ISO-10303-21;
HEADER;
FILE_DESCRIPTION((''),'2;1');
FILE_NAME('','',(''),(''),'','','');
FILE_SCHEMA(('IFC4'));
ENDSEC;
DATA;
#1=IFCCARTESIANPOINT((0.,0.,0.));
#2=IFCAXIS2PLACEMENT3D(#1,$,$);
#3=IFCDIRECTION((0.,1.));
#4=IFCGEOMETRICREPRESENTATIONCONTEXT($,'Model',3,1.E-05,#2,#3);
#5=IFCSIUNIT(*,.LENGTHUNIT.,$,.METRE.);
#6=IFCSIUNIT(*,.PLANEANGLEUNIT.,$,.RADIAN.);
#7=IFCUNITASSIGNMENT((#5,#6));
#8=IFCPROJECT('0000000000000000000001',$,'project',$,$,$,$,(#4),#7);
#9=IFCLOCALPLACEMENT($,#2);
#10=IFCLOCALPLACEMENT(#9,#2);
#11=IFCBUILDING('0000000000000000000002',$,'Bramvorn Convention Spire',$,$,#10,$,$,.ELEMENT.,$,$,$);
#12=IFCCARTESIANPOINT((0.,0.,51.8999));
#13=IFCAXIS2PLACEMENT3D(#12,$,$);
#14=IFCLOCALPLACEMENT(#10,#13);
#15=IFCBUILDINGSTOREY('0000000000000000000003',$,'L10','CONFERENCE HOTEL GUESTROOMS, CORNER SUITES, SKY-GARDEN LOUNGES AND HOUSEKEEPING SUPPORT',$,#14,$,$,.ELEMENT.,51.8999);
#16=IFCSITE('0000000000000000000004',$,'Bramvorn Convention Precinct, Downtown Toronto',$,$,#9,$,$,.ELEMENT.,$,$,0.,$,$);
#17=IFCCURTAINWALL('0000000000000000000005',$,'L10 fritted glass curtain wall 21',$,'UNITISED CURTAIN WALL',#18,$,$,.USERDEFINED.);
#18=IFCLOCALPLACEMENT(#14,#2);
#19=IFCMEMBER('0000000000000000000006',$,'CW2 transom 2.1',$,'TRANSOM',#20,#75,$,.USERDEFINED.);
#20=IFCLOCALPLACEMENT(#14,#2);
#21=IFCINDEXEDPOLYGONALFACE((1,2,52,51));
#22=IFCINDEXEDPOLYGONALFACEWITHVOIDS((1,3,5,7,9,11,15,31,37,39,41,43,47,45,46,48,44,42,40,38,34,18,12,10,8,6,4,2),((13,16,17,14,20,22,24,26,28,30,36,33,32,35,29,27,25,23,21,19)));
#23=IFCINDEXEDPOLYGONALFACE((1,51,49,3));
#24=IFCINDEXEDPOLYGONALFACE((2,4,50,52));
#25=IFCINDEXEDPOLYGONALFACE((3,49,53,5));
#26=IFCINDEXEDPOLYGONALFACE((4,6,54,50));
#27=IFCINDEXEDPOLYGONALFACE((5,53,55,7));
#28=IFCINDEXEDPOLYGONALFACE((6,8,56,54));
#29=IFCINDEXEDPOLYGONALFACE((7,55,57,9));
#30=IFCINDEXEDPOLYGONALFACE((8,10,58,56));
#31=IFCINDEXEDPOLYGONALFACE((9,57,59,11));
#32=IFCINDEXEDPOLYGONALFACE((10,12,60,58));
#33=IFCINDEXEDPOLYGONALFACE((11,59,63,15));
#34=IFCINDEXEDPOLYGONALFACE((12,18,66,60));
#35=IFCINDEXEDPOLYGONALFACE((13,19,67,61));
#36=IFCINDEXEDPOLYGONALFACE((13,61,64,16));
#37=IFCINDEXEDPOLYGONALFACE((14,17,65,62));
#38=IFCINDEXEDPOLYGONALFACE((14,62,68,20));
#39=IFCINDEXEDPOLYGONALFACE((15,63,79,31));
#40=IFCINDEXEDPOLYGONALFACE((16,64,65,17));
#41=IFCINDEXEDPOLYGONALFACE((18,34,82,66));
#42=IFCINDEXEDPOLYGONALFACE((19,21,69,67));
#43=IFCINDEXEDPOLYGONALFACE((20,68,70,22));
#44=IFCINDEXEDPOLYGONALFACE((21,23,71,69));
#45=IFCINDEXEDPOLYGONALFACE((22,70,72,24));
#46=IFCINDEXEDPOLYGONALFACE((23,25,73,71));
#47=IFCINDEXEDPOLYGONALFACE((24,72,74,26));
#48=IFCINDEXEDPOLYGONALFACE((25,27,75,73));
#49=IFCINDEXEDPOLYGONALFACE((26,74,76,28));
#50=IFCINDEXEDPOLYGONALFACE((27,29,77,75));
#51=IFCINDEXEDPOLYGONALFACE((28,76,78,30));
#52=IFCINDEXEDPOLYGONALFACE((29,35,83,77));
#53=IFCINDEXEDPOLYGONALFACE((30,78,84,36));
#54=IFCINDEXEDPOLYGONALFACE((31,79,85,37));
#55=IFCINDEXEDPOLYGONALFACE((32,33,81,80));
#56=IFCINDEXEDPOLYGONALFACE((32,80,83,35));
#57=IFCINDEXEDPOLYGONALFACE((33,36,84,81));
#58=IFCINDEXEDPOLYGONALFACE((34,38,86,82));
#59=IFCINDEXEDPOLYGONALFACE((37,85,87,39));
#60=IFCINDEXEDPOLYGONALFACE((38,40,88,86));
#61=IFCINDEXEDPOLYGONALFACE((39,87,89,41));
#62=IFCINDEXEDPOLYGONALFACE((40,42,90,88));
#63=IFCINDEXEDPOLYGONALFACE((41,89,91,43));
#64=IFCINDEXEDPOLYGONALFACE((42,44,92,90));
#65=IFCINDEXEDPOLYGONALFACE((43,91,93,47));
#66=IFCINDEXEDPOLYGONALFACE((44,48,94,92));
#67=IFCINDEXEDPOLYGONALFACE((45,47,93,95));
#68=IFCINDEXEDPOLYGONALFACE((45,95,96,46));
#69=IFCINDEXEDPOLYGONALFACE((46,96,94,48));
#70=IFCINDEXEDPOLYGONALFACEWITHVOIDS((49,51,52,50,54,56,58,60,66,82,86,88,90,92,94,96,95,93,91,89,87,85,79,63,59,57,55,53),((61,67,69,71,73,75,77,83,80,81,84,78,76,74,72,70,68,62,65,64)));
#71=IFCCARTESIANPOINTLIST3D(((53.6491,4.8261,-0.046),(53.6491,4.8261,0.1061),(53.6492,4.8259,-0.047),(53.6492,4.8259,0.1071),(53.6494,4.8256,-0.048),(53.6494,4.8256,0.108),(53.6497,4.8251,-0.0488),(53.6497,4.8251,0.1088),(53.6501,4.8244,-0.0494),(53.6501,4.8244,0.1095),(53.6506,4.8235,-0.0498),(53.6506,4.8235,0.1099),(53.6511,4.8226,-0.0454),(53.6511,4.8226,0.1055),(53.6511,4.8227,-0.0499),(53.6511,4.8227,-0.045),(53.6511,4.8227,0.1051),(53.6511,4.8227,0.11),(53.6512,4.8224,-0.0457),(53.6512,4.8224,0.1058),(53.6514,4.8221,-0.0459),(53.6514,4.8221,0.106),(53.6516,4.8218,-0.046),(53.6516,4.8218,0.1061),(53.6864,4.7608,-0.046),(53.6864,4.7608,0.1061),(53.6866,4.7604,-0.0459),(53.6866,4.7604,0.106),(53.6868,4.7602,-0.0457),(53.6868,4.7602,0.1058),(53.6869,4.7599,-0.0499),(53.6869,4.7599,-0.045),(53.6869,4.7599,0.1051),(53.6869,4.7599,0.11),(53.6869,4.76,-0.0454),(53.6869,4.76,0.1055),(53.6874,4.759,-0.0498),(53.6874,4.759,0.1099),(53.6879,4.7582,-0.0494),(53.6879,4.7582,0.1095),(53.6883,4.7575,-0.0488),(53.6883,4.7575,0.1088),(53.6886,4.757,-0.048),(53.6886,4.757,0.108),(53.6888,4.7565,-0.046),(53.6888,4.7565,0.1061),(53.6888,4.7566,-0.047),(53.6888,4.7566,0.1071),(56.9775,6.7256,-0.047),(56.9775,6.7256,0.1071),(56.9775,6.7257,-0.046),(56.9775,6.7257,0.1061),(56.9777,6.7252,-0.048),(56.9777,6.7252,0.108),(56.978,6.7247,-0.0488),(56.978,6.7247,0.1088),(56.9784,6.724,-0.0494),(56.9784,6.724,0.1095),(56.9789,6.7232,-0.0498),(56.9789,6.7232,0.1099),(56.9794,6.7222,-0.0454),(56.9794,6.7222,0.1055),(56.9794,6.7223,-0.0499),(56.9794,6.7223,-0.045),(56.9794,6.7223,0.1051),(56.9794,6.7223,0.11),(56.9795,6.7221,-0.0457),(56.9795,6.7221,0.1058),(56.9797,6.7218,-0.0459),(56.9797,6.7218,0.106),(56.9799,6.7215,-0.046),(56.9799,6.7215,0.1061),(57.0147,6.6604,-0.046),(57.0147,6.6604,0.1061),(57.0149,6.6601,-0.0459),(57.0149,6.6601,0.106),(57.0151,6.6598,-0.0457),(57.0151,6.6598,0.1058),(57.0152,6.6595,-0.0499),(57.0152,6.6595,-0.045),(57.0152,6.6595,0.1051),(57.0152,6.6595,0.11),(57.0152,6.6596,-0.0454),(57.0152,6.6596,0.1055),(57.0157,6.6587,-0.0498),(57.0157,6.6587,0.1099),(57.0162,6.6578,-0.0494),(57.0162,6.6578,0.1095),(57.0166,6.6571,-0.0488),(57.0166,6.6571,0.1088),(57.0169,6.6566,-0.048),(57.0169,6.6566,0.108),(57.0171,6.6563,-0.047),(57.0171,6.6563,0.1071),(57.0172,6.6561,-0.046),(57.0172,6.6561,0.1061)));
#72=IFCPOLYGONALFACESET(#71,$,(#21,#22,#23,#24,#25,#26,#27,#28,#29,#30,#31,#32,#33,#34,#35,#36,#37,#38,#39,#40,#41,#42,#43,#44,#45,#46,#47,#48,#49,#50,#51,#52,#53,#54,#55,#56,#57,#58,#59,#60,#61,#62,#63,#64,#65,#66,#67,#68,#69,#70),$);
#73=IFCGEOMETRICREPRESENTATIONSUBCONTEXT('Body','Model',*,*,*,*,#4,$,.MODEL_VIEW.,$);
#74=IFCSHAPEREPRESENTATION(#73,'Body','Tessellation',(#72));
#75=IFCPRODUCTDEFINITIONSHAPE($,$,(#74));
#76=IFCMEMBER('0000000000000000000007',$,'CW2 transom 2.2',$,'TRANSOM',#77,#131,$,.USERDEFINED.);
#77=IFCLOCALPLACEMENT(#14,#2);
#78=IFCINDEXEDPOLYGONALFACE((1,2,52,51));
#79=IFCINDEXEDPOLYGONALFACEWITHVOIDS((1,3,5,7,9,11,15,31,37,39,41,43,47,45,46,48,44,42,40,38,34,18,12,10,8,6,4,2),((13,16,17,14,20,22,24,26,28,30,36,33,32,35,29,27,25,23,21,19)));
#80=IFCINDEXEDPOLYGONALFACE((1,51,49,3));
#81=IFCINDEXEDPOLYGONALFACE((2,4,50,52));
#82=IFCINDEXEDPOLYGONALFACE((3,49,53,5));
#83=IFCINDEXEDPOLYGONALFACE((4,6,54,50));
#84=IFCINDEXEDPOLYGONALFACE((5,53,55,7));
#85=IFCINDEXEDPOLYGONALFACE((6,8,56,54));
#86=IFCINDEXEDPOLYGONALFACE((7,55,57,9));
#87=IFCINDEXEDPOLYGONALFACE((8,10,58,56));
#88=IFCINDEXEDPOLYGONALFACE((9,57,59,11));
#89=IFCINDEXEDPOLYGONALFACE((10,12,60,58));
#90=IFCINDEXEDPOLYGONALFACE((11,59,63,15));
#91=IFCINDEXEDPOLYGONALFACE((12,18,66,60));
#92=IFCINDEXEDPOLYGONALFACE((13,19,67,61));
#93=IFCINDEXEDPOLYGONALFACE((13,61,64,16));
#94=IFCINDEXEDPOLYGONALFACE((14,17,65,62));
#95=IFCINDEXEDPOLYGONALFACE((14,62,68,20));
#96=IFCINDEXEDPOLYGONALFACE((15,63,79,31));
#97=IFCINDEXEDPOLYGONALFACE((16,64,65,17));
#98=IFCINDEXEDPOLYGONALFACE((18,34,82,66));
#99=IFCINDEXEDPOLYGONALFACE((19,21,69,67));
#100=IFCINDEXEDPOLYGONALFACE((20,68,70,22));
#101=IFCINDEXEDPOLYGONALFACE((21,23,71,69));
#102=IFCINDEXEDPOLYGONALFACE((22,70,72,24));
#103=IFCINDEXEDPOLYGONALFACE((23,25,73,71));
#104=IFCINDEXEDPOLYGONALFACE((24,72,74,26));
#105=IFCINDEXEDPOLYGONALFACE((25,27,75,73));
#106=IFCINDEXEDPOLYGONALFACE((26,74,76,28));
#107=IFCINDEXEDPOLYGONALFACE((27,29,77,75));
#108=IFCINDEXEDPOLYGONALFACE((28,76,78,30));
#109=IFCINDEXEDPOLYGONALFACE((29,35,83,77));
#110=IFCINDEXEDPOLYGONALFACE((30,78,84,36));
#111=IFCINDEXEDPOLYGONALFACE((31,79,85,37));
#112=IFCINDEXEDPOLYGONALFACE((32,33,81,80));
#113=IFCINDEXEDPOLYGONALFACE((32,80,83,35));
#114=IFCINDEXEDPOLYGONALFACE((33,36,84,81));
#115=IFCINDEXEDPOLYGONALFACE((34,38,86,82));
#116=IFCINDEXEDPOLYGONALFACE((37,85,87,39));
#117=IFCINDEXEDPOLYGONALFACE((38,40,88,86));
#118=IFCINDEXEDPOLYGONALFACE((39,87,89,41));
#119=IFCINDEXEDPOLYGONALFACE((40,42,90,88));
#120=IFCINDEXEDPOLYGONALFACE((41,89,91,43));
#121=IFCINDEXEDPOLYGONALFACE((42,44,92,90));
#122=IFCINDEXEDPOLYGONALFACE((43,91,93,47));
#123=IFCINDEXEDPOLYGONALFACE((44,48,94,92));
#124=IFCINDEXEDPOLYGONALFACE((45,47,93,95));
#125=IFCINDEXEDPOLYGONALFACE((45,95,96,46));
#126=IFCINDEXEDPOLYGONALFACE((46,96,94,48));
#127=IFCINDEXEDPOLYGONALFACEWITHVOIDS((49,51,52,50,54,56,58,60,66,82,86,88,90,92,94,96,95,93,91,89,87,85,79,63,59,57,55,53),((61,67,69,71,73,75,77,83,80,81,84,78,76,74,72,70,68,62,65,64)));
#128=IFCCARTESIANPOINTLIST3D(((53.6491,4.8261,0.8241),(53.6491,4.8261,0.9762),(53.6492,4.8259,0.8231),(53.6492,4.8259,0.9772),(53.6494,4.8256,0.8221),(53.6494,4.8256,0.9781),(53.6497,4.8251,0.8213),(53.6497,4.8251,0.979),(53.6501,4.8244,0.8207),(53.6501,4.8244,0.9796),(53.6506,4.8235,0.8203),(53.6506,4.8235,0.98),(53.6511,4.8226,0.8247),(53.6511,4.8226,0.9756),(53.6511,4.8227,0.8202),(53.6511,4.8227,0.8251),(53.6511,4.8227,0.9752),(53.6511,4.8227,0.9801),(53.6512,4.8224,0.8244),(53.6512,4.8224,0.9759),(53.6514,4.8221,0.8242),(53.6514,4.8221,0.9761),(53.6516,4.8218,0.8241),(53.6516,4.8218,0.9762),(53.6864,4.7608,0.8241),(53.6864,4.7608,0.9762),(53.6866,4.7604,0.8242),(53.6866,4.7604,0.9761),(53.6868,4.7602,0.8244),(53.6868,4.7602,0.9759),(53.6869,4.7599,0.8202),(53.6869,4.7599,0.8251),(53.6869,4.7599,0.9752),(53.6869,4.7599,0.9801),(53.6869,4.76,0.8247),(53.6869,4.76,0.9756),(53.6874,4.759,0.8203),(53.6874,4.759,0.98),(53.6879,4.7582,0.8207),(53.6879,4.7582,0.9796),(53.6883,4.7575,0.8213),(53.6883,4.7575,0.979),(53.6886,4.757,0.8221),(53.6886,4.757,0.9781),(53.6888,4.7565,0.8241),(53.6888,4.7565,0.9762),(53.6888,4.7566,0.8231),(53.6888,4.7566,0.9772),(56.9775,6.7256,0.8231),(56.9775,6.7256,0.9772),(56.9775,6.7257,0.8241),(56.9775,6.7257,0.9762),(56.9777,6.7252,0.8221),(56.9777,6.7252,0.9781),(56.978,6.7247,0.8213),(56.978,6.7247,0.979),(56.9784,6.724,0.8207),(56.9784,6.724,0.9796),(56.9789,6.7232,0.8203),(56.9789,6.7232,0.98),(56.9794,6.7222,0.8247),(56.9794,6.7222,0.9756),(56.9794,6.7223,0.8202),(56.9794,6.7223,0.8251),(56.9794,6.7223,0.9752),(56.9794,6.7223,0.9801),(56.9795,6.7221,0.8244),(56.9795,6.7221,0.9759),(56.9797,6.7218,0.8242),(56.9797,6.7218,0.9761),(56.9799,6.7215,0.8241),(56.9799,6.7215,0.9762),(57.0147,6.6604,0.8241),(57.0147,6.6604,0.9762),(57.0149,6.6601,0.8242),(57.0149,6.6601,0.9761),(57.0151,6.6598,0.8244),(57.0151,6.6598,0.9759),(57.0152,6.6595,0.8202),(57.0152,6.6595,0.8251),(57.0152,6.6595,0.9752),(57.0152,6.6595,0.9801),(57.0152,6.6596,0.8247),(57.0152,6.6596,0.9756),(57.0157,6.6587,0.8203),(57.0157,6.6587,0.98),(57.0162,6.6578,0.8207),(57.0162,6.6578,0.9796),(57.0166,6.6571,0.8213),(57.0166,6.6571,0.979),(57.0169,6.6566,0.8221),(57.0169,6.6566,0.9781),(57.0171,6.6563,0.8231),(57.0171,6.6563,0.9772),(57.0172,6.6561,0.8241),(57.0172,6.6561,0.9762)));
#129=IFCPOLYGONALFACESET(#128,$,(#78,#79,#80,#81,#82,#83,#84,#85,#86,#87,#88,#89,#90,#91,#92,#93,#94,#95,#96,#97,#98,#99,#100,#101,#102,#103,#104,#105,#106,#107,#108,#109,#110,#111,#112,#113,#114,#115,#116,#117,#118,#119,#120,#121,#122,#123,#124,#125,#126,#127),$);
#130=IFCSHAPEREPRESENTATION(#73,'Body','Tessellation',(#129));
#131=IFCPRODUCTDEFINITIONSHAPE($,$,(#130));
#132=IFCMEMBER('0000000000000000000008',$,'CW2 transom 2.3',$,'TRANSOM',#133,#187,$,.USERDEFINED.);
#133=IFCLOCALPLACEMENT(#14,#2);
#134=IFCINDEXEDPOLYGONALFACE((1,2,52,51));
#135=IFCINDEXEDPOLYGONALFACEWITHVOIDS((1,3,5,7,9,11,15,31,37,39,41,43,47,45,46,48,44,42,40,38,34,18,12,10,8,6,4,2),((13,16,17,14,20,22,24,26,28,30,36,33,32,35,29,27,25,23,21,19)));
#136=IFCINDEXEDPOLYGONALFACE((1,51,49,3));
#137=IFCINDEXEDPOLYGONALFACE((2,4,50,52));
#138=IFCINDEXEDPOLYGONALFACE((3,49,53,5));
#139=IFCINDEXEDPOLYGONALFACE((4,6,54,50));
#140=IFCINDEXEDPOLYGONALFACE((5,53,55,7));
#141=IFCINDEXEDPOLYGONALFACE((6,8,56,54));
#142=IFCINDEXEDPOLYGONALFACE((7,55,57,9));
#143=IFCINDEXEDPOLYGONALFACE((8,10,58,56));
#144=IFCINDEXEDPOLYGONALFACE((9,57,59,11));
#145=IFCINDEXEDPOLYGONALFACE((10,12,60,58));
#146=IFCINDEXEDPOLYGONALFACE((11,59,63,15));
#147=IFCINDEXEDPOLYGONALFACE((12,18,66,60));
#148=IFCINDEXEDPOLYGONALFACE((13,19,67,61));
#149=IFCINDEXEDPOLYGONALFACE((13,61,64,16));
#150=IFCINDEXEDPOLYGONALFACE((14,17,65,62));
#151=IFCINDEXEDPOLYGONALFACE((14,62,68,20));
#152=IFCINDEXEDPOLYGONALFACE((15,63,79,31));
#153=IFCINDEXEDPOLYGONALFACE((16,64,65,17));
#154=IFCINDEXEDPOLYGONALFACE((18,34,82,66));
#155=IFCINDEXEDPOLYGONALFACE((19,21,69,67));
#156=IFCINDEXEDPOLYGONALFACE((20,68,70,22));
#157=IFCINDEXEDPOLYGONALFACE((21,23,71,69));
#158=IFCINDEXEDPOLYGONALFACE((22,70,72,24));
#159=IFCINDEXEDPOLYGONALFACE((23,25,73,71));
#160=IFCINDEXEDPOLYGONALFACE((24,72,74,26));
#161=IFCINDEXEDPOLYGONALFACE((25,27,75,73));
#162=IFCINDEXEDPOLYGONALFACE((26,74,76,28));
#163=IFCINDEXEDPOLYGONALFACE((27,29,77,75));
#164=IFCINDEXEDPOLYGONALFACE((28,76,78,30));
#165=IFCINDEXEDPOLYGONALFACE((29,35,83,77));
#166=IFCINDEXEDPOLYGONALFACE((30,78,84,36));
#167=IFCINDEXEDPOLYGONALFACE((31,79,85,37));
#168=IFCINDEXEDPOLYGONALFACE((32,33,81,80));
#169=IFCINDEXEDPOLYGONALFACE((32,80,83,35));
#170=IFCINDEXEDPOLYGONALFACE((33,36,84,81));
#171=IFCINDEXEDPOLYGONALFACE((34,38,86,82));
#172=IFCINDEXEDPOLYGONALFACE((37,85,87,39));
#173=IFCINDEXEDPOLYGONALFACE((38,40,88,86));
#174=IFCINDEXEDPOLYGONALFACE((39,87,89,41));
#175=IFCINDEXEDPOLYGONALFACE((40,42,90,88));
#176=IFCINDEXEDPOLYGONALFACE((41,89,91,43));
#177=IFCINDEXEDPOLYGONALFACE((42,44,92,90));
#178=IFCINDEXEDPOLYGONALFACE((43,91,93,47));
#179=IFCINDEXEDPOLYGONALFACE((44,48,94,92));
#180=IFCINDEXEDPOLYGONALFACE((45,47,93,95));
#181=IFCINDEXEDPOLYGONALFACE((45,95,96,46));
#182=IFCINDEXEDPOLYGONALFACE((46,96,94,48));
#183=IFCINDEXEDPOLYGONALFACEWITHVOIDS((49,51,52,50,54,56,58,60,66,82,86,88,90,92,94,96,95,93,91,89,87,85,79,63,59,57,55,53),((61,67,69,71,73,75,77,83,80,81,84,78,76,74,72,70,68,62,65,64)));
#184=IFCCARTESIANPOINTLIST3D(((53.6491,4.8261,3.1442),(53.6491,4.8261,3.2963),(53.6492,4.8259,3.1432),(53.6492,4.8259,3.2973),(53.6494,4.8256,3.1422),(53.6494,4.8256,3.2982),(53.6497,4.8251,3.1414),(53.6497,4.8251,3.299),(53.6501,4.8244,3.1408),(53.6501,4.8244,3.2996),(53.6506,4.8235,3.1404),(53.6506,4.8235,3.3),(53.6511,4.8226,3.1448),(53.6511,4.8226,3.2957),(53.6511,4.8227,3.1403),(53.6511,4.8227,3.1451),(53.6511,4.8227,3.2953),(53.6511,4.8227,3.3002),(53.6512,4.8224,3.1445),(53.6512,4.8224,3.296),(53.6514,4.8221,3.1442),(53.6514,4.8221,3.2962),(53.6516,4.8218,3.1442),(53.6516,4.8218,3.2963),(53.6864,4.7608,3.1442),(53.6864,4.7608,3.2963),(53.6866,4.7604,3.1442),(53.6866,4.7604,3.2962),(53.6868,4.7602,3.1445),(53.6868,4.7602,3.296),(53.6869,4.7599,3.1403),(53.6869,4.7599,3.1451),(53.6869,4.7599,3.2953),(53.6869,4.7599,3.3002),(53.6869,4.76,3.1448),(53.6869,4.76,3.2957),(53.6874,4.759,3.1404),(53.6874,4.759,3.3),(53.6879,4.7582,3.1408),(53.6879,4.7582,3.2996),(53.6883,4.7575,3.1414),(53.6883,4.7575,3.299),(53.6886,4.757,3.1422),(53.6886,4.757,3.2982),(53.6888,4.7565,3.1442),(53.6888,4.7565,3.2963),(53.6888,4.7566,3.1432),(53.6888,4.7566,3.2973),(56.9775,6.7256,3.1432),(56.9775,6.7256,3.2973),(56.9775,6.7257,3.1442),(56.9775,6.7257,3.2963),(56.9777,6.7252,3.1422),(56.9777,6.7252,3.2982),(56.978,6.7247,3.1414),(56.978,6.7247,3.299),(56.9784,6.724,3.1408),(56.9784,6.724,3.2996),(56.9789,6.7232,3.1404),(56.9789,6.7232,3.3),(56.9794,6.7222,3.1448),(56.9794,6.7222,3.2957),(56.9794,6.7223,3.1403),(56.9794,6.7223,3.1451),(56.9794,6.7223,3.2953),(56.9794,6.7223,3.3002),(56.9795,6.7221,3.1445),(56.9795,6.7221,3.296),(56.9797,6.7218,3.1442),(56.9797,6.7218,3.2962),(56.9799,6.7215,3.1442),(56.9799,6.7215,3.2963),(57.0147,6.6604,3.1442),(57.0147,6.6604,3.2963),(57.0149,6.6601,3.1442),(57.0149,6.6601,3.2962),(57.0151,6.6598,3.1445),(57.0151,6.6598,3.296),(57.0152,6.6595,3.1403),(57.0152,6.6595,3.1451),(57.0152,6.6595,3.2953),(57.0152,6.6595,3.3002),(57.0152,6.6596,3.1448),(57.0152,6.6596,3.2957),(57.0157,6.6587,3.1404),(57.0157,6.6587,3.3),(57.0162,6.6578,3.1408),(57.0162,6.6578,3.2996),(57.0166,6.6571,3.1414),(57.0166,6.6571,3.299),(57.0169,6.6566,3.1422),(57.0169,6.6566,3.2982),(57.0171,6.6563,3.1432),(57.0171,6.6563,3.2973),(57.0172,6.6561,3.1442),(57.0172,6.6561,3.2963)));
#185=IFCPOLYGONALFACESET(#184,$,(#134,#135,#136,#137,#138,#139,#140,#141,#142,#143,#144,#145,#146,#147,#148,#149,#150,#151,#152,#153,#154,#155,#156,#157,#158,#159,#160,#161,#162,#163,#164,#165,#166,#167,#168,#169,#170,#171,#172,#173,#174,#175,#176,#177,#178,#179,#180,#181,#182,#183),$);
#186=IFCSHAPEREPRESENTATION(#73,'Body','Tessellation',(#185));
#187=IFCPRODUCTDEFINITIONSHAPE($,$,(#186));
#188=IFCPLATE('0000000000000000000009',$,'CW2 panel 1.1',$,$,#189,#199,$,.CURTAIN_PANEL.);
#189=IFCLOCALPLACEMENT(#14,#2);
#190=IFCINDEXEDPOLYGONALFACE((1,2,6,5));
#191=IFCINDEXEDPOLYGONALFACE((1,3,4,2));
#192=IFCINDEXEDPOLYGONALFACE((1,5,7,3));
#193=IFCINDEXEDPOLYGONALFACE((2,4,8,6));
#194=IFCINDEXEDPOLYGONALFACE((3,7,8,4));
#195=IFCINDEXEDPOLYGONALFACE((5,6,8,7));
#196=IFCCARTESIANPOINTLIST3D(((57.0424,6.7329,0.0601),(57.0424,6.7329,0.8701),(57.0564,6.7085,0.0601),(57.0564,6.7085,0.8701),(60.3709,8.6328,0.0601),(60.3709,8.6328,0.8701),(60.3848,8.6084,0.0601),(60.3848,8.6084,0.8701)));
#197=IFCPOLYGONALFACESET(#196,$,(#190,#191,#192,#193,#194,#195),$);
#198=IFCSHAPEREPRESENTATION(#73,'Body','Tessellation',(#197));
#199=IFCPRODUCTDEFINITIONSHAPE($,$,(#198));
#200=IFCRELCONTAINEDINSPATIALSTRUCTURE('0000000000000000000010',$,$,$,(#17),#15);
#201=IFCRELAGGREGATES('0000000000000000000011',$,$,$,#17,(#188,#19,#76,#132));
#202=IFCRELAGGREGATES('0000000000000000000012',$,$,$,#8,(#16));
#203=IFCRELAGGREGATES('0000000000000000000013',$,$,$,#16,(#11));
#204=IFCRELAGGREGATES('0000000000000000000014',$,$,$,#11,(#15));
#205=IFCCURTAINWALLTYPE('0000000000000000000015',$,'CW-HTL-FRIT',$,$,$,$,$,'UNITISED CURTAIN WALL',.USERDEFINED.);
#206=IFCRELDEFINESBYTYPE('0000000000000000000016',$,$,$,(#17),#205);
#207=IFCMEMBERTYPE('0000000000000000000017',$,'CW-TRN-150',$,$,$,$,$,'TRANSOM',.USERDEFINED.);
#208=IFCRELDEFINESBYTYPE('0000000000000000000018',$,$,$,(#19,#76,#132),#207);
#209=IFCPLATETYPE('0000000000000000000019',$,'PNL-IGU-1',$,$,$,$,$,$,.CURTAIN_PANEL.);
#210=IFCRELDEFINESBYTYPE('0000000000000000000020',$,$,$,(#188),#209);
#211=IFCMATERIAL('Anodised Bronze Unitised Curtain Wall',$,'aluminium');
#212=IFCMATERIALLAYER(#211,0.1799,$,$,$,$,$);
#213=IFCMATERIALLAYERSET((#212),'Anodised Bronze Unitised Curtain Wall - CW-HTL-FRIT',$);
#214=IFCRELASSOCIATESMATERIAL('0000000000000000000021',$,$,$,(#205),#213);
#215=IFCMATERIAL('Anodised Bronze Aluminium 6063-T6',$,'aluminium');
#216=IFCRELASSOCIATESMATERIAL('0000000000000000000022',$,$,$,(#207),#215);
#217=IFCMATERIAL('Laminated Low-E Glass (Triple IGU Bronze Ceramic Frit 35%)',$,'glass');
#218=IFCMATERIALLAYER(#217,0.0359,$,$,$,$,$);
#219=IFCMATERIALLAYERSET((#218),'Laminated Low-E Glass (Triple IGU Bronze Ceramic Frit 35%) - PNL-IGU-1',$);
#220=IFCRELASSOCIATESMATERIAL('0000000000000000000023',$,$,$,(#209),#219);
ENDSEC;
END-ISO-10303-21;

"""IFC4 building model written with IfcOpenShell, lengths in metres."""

from ifc_helpers import new_model, si_unit, direction, frame, origin, origin_2d, place, context, subcontext, project, spatial, rectangle, hollow_rectangle, extrude, material, layer, layer_set, material_profile, profile_set, type_object, element, aggregate, save


model = new_model("IFC4")

# Units and contexts
model_context = context("Model", 3, precision=1e-05, world=origin(), true_north=direction((0.0, 1.0)))
body_context = subcontext(model_context, "Body", "Model", "MODEL_VIEW")
ifc_project = project(units=[si_unit("LENGTHUNIT", "METRE"), si_unit("PLANEANGLEUNIT", "RADIAN")], contexts=[model_context])

# Site, building, storey
site_placement = place(None, origin())
site = spatial("IfcSite", under=ifc_project, at=site_placement, Name="Bramvorn Convention Precinct, Downtown Toronto", CompositionType="ELEMENT", RefElevation=0.0)
building_placement = place(site_placement, origin())
building = spatial("IfcBuilding", under=site, at=building_placement, Name="Bramvorn Convention Spire", CompositionType="ELEMENT")
storey_placement = place(building_placement, frame((0.0, 0.0, 51.8999)))
storey = spatial("IfcBuildingStorey", under=building, at=storey_placement, Name="L10", Description="CONFERENCE HOTEL GUESTROOMS, CORNER SUITES, SKY-GARDEN LOUNGES AND HOUSEKEEPING SUPPORT", CompositionType="ELEMENT", Elevation=51.8999)

# Curtain wall, members, plate
ifc_material_1 = material(Name="Anodised Bronze Unitised Curtain Wall", Category="aluminium")
ifc_layer_1 = layer(ifc_material_1, 0.1799)
ifc_layer_set_1 = layer_set([ifc_layer_1], Name="Anodised Bronze Unitised Curtain Wall - CW-HTL-FRIT")
curtain_wall_type = type_object("IfcCurtainWallType", Name="CW-HTL-FRIT", ElementType="UNITISED CURTAIN WALL", PredefinedType="USERDEFINED", material=ifc_layer_set_1)
curtain_wall_placement = place(storey_placement, origin())
curtain_wall = element("IfcCurtainWall", 1, at=curtain_wall_placement, inside=storey, type_object=curtain_wall_type, Name="L10 fritted glass curtain wall 21", ObjectType="UNITISED CURTAIN WALL", PredefinedType="USERDEFINED")
ifc_material_2 = material(Name="Anodised Bronze Aluminium 6063-T6", Category="aluminium")
ifc_material_profile_1 = material_profile(ifc_material_2, hollow_rectangle(XDim=0.0801, YDim=0.1599, WallThickness=0.0039, InnerFilletRadius=0.001, OuterFilletRadius=0.0039, at=origin_2d()))
ifc_profile_set_1 = profile_set([ifc_material_profile_1], Name="Anodised Bronze Aluminium 6063-T6 - CWT80X160")
member_type_1 = type_object("IfcMemberType", Name="CW-TRN-150", ElementType="TRANSOM", PredefinedType="USERDEFINED", material=ifc_profile_set_1)
member_1_placement = place(storey_placement, frame((56.9973, 6.6909, 0.03), z_axis=(-0.868498, -0.495693, 0.0), x_axis=(0.495693, -0.868498, 0.0)))
member_1 = element("IfcMember", 2, at=member_1_placement, type_object=member_type_1, Name="CW2 transom 2.1", ObjectType="TRANSOM", PredefinedType="USERDEFINED", context=body_context, shape_type="SweptSolid", body=[
    extrude(hollow_rectangle(XDim=0.0801, YDim=0.1599, WallThickness=0.0039, InnerFilletRadius=0.001, OuterFilletRadius=0.0039, at=origin_2d()), origin(), (0.0, 0.0, 1.0), 3.8323),
])
member_2_placement = place(storey_placement, frame((56.9973, 6.6909, 0.9001), z_axis=(-0.868498, -0.495693, 0.0), x_axis=(0.495693, -0.868498, 0.0)))
member_2 = element("IfcMember", 3, at=member_2_placement, type_object=member_type_1, Name="CW2 transom 2.2", ObjectType="TRANSOM", PredefinedType="USERDEFINED", context=body_context, shape_type="SweptSolid", body=[
    extrude(hollow_rectangle(XDim=0.0801, YDim=0.1599, WallThickness=0.0039, InnerFilletRadius=0.001, OuterFilletRadius=0.0039, at=origin_2d()), origin(), (0.0, 0.0, 1.0), 3.8323),
])
member_3_placement = place(storey_placement, frame((56.9973, 6.6909, 3.2202), z_axis=(-0.868498, -0.495693, 0.0), x_axis=(0.495693, -0.868498, 0.0)))
member_3 = element("IfcMember", 4, at=member_3_placement, type_object=member_type_1, Name="CW2 transom 2.3", ObjectType="TRANSOM", PredefinedType="USERDEFINED", context=body_context, shape_type="SweptSolid", body=[
    extrude(hollow_rectangle(XDim=0.0801, YDim=0.1599, WallThickness=0.0039, InnerFilletRadius=0.001, OuterFilletRadius=0.0039, at=origin_2d()), origin(), (0.0, 0.0, 1.0), 3.8323),
])
ifc_material_3 = material(Name="Laminated Low-E Glass (Triple IGU Bronze Ceramic Frit 35%)", Category="glass")
ifc_layer_2 = layer(ifc_material_3, 0.0359)
ifc_layer_set_2 = layer_set([ifc_layer_2], Name="Laminated Low-E Glass (Triple IGU Bronze Ceramic Frit 35%) - PNL-IGU-1")
plate_type = type_object("IfcPlateType", Name="PNL-IGU-1", PredefinedType="CURTAIN_PANEL", material=ifc_layer_set_2)
plate_1_placement = place(storey_placement, frame((58.7136, 7.6707, 0.0601), z_axis=(0.0, 0.0, 1.0), x_axis=(-0.868479, -0.495726, 0.0)))
plate_1 = element("IfcPlate", 5, at=plate_1_placement, type_object=plate_type, Name="CW2 panel 1.1", PredefinedType="CURTAIN_PANEL", context=body_context, shape_type="SweptSolid", body=[
    extrude(rectangle(XDim=3.8325, YDim=0.0281, at=origin_2d()), origin(), (0.0, 0.0, 1.0), 0.8101),
])
aggregate(curtain_wall, [plate_1, member_1, member_2, member_3])

save(model, "model.ifc")
